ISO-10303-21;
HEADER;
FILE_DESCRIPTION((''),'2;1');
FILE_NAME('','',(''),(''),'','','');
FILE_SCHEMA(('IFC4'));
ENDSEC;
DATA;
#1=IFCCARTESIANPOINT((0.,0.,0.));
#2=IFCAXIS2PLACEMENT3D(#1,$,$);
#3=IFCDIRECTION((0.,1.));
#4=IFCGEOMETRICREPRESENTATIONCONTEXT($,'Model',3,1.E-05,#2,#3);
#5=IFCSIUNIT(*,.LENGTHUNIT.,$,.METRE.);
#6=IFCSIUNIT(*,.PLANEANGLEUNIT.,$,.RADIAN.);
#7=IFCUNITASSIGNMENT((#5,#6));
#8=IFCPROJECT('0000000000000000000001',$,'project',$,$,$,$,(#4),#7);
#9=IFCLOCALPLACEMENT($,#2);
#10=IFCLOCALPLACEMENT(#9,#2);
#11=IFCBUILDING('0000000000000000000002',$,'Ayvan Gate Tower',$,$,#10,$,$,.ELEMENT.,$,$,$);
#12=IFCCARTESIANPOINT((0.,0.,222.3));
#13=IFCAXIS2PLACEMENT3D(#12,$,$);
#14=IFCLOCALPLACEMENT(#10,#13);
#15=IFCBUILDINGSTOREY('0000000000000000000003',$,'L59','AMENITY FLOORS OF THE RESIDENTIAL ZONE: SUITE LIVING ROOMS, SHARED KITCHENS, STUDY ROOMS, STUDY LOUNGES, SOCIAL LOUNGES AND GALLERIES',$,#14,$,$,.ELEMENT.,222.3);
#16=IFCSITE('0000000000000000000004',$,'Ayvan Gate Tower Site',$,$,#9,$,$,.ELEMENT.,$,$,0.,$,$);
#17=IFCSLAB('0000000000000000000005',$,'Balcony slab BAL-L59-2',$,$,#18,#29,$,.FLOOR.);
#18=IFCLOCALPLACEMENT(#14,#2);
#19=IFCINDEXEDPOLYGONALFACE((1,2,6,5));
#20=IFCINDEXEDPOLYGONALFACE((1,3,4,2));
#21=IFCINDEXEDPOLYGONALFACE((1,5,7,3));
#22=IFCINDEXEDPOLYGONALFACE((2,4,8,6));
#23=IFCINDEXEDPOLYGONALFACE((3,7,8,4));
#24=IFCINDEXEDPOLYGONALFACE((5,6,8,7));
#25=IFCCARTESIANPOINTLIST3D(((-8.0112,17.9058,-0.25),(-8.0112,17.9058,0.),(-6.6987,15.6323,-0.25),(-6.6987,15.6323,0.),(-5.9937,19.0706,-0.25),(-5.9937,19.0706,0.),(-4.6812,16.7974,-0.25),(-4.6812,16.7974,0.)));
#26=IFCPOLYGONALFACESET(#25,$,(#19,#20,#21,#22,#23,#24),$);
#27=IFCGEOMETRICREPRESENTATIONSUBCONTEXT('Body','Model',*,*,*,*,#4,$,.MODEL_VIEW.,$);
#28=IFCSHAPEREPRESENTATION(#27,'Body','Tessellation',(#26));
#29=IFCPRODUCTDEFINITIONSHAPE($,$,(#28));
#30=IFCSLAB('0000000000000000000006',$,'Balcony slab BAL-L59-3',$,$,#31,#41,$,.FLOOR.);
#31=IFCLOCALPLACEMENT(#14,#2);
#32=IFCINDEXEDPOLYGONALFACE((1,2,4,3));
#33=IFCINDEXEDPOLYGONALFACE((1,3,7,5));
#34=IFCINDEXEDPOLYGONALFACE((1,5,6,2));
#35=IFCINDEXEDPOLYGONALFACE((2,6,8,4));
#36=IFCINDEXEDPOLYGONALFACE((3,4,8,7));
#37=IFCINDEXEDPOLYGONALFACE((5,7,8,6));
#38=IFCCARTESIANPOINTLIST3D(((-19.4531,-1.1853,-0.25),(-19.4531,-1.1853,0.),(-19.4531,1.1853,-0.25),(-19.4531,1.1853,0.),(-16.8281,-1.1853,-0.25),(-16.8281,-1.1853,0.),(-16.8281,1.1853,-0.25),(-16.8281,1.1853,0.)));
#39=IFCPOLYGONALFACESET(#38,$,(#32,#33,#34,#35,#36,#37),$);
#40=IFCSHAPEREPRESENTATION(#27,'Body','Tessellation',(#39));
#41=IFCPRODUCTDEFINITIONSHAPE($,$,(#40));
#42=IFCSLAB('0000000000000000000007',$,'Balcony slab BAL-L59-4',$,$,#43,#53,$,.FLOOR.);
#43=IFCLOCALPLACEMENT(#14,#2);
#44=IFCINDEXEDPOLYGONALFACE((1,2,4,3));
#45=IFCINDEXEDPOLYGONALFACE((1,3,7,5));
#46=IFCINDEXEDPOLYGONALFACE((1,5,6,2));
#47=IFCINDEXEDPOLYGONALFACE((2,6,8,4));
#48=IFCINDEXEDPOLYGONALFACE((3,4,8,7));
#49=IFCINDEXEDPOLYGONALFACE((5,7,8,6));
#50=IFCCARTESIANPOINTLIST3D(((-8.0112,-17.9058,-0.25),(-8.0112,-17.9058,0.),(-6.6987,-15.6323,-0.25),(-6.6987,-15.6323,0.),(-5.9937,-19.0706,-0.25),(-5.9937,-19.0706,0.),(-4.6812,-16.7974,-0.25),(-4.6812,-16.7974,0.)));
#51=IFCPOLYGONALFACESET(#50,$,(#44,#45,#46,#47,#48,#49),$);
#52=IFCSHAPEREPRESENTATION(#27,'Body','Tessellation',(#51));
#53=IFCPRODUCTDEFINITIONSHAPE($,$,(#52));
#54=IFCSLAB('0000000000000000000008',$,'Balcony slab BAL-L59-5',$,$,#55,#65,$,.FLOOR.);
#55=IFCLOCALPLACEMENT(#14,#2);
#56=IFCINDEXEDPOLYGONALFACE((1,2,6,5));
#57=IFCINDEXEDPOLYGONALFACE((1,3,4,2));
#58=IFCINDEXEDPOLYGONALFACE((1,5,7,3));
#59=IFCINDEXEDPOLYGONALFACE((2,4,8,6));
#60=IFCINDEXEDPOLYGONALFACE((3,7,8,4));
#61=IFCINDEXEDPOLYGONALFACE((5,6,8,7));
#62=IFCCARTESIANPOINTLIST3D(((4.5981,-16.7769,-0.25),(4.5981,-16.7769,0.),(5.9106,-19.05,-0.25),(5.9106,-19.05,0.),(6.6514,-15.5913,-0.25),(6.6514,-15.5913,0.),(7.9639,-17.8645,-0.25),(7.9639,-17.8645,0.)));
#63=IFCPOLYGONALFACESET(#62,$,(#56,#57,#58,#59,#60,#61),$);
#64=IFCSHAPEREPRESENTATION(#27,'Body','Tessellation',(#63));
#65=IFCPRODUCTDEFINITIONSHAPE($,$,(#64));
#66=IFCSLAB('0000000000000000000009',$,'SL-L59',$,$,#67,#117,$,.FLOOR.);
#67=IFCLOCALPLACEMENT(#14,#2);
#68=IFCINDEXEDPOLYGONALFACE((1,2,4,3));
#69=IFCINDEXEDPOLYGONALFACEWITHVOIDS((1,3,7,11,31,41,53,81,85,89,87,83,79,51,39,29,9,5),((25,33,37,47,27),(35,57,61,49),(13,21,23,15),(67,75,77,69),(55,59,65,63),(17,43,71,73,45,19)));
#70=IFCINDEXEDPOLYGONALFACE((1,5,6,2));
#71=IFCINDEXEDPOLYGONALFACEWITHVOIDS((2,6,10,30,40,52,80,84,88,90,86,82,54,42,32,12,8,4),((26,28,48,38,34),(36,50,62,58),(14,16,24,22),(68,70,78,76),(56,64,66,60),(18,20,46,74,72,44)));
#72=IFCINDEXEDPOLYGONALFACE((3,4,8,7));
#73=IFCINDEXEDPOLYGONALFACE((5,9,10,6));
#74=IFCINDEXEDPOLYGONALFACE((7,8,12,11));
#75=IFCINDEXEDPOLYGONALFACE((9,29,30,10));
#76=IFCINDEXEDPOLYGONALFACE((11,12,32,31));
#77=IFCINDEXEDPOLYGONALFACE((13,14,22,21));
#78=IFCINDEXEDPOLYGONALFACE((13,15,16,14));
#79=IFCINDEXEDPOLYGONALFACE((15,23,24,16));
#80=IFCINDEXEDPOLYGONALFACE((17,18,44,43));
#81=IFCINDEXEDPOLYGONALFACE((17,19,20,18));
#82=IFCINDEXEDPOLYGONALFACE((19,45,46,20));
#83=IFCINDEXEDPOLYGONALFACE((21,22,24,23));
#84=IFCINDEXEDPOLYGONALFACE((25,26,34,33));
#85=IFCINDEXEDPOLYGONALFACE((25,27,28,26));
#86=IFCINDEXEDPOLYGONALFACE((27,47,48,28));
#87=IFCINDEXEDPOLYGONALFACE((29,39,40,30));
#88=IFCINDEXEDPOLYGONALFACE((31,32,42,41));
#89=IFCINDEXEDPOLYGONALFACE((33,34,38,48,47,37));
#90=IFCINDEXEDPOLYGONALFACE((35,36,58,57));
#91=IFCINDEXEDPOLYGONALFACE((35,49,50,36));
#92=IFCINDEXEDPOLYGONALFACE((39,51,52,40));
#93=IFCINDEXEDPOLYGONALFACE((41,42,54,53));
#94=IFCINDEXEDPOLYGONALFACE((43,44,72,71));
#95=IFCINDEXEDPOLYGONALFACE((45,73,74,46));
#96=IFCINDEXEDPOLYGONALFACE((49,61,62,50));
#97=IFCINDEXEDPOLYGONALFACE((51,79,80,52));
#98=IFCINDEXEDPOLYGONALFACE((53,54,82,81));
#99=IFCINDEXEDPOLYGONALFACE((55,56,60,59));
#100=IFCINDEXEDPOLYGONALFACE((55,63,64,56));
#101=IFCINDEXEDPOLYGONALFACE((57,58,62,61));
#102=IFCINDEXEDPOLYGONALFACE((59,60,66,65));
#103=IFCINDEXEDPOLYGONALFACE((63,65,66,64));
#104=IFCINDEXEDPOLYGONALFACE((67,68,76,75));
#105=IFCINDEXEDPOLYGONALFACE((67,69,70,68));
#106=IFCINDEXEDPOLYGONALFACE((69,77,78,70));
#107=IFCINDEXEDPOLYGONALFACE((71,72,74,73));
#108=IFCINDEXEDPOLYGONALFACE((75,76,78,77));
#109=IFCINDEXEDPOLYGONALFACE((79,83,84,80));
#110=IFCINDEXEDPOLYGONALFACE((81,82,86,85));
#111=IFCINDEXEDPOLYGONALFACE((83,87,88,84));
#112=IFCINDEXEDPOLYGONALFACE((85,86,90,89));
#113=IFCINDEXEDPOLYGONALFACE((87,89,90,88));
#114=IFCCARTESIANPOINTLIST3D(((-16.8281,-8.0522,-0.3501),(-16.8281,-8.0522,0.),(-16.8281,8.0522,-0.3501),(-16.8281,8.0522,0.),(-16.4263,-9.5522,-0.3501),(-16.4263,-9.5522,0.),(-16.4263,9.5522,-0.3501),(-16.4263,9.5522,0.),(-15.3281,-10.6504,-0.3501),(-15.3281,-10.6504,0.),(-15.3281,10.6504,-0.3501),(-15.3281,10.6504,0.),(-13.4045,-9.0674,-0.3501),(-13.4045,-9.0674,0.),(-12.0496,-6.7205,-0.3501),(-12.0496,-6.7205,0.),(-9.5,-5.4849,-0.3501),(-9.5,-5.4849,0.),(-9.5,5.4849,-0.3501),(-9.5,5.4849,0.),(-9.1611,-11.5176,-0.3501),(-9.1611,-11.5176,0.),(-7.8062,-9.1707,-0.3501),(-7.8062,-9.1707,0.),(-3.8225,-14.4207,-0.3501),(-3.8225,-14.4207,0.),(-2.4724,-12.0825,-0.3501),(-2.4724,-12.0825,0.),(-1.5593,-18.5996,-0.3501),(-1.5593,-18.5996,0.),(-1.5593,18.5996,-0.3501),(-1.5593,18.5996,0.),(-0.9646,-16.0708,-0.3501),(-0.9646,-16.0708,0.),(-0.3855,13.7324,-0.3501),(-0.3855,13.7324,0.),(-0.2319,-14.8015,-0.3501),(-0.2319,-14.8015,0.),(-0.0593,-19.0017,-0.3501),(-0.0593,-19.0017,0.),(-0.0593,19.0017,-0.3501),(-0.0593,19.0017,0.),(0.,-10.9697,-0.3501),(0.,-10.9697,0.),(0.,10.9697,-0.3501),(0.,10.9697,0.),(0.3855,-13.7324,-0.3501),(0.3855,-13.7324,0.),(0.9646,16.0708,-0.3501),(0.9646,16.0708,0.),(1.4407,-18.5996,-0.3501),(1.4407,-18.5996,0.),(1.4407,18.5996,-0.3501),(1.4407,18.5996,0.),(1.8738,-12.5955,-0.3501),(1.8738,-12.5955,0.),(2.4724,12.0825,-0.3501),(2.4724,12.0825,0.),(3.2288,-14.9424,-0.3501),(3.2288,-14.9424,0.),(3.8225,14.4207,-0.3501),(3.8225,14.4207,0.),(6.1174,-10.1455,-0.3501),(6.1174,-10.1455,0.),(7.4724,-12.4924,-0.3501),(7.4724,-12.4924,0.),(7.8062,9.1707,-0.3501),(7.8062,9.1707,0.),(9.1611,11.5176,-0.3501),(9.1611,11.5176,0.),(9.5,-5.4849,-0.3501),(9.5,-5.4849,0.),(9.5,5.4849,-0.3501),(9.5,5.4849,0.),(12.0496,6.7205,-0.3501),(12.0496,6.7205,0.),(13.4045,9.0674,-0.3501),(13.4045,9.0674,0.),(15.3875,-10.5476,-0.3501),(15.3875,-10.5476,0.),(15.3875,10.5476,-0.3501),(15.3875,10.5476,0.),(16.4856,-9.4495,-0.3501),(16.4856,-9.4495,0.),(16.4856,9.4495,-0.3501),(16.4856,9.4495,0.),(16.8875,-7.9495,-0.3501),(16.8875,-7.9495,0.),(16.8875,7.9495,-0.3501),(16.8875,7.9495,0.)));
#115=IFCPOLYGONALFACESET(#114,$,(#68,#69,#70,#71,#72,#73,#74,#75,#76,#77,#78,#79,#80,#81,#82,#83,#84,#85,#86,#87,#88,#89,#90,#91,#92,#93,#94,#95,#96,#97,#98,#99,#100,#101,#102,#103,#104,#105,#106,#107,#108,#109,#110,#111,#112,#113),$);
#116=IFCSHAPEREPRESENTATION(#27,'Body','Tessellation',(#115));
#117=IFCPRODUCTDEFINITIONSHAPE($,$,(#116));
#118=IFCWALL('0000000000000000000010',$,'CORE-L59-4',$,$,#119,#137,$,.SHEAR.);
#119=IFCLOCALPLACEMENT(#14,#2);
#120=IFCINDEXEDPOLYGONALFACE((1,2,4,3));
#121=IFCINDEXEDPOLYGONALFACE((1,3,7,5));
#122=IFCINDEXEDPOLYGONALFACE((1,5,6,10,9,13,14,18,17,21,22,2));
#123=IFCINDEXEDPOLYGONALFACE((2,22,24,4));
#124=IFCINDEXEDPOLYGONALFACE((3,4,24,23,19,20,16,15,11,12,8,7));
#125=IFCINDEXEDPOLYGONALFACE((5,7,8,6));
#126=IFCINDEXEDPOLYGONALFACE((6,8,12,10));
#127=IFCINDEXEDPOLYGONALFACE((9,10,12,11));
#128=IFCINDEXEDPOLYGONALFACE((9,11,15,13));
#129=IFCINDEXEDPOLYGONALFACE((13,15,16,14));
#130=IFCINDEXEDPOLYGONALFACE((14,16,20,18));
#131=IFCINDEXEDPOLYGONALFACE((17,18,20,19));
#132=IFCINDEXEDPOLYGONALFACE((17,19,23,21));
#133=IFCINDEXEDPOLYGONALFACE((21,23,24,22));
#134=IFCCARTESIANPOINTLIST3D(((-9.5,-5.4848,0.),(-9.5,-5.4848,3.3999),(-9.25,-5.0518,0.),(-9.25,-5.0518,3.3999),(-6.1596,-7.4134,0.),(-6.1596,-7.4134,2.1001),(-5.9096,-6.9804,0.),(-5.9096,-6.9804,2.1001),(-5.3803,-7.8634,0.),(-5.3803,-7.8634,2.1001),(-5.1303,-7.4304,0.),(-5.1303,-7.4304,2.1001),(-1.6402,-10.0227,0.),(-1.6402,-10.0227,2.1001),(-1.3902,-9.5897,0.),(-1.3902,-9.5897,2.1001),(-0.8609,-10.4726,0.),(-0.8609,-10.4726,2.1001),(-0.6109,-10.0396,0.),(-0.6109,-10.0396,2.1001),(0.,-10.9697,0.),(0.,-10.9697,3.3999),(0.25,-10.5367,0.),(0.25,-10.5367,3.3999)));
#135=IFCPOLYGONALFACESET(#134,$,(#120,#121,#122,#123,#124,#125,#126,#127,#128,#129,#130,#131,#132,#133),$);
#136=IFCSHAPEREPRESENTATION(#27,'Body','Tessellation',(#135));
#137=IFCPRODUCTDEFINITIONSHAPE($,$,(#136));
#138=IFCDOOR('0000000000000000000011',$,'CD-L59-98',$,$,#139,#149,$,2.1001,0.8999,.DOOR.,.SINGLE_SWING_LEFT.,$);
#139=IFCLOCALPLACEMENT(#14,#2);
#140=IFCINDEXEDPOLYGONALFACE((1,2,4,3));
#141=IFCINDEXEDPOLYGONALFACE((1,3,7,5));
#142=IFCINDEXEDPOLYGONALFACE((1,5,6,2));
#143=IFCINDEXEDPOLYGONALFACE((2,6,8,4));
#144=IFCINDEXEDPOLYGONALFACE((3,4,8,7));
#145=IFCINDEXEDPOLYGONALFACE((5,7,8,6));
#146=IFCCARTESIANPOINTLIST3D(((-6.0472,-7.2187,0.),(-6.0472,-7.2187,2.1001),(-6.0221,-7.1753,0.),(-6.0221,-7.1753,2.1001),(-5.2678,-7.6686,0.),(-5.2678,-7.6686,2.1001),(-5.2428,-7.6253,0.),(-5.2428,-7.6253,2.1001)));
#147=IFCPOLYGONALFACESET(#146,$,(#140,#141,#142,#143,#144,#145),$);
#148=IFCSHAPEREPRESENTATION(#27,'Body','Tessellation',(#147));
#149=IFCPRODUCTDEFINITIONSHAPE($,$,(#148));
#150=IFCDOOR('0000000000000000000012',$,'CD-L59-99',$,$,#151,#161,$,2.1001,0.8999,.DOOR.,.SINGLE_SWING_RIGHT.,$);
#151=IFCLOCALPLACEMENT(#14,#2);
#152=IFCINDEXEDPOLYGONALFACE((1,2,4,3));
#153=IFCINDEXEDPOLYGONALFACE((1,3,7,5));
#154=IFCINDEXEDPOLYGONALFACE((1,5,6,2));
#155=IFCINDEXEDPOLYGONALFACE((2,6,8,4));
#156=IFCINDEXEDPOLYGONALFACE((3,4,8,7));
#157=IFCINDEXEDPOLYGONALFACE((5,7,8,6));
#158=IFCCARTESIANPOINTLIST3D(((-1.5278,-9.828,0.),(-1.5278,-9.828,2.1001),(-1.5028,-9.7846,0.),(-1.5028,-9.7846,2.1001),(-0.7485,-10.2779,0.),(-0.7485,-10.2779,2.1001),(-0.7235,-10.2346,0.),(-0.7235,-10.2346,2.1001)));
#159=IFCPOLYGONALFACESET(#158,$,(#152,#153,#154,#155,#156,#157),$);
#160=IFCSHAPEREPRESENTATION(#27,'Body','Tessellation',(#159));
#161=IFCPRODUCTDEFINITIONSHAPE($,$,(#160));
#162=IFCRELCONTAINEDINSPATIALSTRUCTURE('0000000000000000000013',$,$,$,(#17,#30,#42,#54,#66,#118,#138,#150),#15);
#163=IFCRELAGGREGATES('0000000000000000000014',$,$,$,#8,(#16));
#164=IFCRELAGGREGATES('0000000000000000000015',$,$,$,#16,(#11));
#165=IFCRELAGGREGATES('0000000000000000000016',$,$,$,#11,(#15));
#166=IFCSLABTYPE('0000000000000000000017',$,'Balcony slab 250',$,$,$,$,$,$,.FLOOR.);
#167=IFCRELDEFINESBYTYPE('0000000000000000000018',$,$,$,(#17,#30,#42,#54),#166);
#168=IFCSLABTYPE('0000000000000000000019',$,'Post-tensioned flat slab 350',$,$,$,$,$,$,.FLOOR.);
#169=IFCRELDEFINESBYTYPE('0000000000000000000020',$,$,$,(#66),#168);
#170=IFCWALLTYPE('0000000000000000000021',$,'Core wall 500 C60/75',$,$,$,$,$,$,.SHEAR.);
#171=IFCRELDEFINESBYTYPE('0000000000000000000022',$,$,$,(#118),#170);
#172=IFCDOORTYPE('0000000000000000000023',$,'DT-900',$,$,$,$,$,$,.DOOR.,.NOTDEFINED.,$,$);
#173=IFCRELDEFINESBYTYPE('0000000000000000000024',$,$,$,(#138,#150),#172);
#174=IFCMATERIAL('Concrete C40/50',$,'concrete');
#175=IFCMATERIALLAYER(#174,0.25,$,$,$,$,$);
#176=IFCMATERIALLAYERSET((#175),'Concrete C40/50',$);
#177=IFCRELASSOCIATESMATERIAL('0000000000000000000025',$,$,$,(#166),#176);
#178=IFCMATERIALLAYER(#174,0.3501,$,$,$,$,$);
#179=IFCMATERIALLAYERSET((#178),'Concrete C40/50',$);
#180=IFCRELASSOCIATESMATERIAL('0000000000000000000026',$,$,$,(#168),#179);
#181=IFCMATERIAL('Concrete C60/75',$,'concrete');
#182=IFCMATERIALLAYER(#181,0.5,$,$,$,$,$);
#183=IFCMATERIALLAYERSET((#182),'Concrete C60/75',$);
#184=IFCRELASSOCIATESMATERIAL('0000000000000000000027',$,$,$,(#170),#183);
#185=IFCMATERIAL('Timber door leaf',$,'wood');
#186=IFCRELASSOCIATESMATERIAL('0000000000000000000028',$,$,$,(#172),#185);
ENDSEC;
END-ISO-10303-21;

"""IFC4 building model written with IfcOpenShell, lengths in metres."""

from ifc_helpers import new_model, si_unit, direction, frame, frame_2d, origin, place, context, subcontext, project, spatial, polyline, rectangle, outline, extrude, material, layer, layer_set, type_object, element, fill, save


model = new_model("IFC4")

# Units and contexts
model_context = context("Model", 3, precision=1e-05, world=origin(), true_north=direction((0.0, 1.0)))
body_context = subcontext(model_context, "Body", "Model", "MODEL_VIEW")
ifc_project = project(units=[si_unit("LENGTHUNIT", "METRE"), si_unit("PLANEANGLEUNIT", "RADIAN")], contexts=[model_context])

# Site, building, storey
site_placement = place(None, origin())
site = spatial("IfcSite", under=ifc_project, at=site_placement, Name="Ayvan Gate Tower Site", CompositionType="ELEMENT", RefElevation=0.0)
building_placement = place(site_placement, origin())
building = spatial("IfcBuilding", under=site, at=building_placement, Name="Ayvan Gate Tower", CompositionType="ELEMENT")
storey_placement = place(building_placement, frame((0.0, 0.0, 222.3)))
storey = spatial("IfcBuildingStorey", under=building, at=storey_placement, Name="L59", Description="AMENITY FLOORS OF THE RESIDENTIAL ZONE: SUITE LIVING ROOMS, SHARED KITCHENS, STUDY ROOMS, STUDY LOUNGES, SOCIAL LOUNGES AND GALLERIES", CompositionType="ELEMENT", Elevation=222.3)

# Slabs
ifc_material_1 = material(Name="Concrete C40/50", Category="concrete")
ifc_layer_1 = layer(ifc_material_1, 0.25)
ifc_layer_set_1 = layer_set([ifc_layer_1], Name="Concrete C40/50")
slab_type_1 = type_object("IfcSlabType", Name="Balcony slab 250", PredefinedType="FLOOR", material=ifc_layer_set_1)
slab_1_placement = place(storey_placement, frame((0.0, 0.0, -0.25)))
element("IfcSlab", 1, at=slab_1_placement, inside=storey, type_object=slab_type_1, Name="Balcony slab BAL-L59-2", PredefinedType="FLOOR", context=body_context, shape_type="SweptSolid", body=[
    extrude(outline(polyline([(-4.6812, 16.7974), (-6.6987, 15.6323), (-8.0112, 17.9058), (-5.9937, 19.0706), (-4.6812, 16.7974)])), origin(), (0.0, 0.0, 1.0), 0.25),
])
slab_2_placement = place(storey_placement, frame((0.0, 0.0, -0.25)))
element("IfcSlab", 2, at=slab_2_placement, inside=storey, type_object=slab_type_1, Name="Balcony slab BAL-L59-3", PredefinedType="FLOOR", context=body_context, shape_type="SweptSolid", body=[
    extrude(outline(polyline([(-16.8281, 1.1853), (-16.8281, -1.1853), (-19.4531, -1.1853), (-19.4531, 1.1853), (-16.8281, 1.1853)])), origin(), (0.0, 0.0, 1.0), 0.25),
])
slab_3_placement = place(storey_placement, frame((0.0, 0.0, -0.25)))
element("IfcSlab", 3, at=slab_3_placement, inside=storey, type_object=slab_type_1, Name="Balcony slab BAL-L59-4", PredefinedType="FLOOR", context=body_context, shape_type="SweptSolid", body=[
    extrude(outline(polyline([(-6.6987, -15.6323), (-4.6812, -16.7974), (-5.9937, -19.0706), (-8.0112, -17.9058), (-6.6987, -15.6323)])), origin(), (0.0, 0.0, 1.0), 0.25),
])
slab_4_placement = place(storey_placement, frame((0.0, 0.0, -0.25)))
element("IfcSlab", 4, at=slab_4_placement, inside=storey, type_object=slab_type_1, Name="Balcony slab BAL-L59-5", PredefinedType="FLOOR", context=body_context, shape_type="SweptSolid", body=[
    extrude(outline(polyline([(4.5981, -16.7769), (6.6514, -15.5913), (7.9639, -17.8645), (5.9106, -19.05), (4.5981, -16.7769)])), origin(), (0.0, 0.0, 1.0), 0.25),
])
ifc_layer_2 = layer(ifc_material_1, 0.3501)
ifc_layer_set_2 = layer_set([ifc_layer_2], Name="Concrete C40/50")
slab_type_2 = type_object("IfcSlabType", Name="Post-tensioned flat slab 350", PredefinedType="FLOOR", material=ifc_layer_set_2)
slab_5_placement = place(storey_placement, frame((0.0, 0.0, -0.3501)))
element("IfcSlab", 5, at=slab_5_placement, inside=storey, type_object=slab_type_2, Name="SL-L59", PredefinedType="FLOOR", context=body_context, shape_type="SweptSolid", body=[
    extrude(outline(polyline([(1.4407, -18.5996), (-0.0593, -19.0017), (-1.5593, -18.5996), (-15.3281, -10.6504), (-16.4263, -9.5522), (-16.8281, -8.0522), (-16.8281, 8.0522), (-16.4263, 9.5522), (-15.3281, 10.6504), (-1.5593, 18.5996), (-0.0593, 19.0017), (1.4407, 18.5996), (15.3875, 10.5476), (16.4856, 9.4495), (16.8875, 7.9495), (16.8875, -7.9495), (16.4856, -9.4495), (15.3875, -10.5476), (1.4407, -18.5996)]), holes=[polyline([(12.0496, 6.7205), (13.4045, 9.0674), (9.1611, 11.5176), (7.8062, 9.1707), (12.0496, 6.7205)]), polyline([(9.5, 5.4849), (0.0, 10.9697), (-9.5, 5.4849), (-9.5, -5.4849), (0.0, -10.9697), (9.5, -5.4849), (9.5, 5.4849)]), polyline([(1.8738, -12.5955), (3.2288, -14.9424), (7.4724, -12.4924), (6.1174, -10.1455), (1.8738, -12.5955)]), polyline([(3.8225, 14.4207), (0.9646, 16.0708), (-0.3855, 13.7324), (2.4724, 12.0825), (3.8225, 14.4207)]), polyline([(-0.2319, -14.8015), (0.3855, -13.7324), (-2.4724, -12.0825), (-3.8225, -14.4207), (-0.9646, -16.0708), (-0.2319, -14.8015)]), polyline([(-9.1611, -11.5176), (-7.8062, -9.1707), (-12.0496, -6.7205), (-13.4045, -9.0674), (-9.1611, -11.5176)])]), origin(), (0.0, 0.0, 1.0), 0.3501),
])

# Wall, openings, doors
ifc_material_2 = material(Name="Concrete C60/75", Category="concrete")
ifc_layer_3 = layer(ifc_material_2, 0.5)
ifc_layer_set_3 = layer_set([ifc_layer_3], Name="Concrete C60/75")
wall_type_1 = type_object("IfcWallType", Name="Core wall 500 C60/75", PredefinedType="SHEAR", material=ifc_layer_set_3)
wall_1_placement = place(storey_placement, frame((-9.375, -5.2683, 0.0), z_axis=(0.0, 0.0, 1.0), x_axis=(0.866024, -0.500002, 0.0)))
wall_1 = element("IfcWall", 6, at=wall_1_placement, inside=storey, type_object=wall_type_1, Name="CORE-L59-4", PredefinedType="SHEAR", context=body_context, shape_type="SweptSolid", body=[
    extrude(rectangle(XDim=10.9697, YDim=0.5, at=frame_2d((5.4849, 0.0))), origin(), (0.0, 0.0, 1.0), 3.3999),
])
opening_1_placement = place(wall_1_placement, frame((3.8572, 0.0, 0.0)))
opening_1 = element("IfcOpeningElement", 7, at=opening_1_placement, cuts=wall_1, PredefinedType="OPENING", context=body_context, shape_type="SweptSolid", body=[
    extrude(rectangle(XDim=0.8999, YDim=2.1001, at=frame_2d((0.45, 1.05))), frame((0.0, 0.26, 0.0), z_axis=(0.0, -1.0, 0.0), x_axis=(1.0, 0.0, 0.0)), (0.0, 0.0, 1.0), 0.52),
])
opening_2_placement = place(wall_1_placement, frame((9.0757, 0.0, 0.0)))
opening_2 = element("IfcOpeningElement", 8, at=opening_2_placement, cuts=wall_1, PredefinedType="OPENING", context=body_context, shape_type="SweptSolid", body=[
    extrude(rectangle(XDim=0.8999, YDim=2.1001, at=frame_2d((0.45, 1.05))), frame((0.0, 0.26, 0.0), z_axis=(0.0, -1.0, 0.0), x_axis=(1.0, 0.0, 0.0)), (0.0, 0.0, 1.0), 0.52),
])
ifc_material_3 = material(Name="Timber door leaf", Category="wood")
door_type_1 = type_object("IfcDoorType", Name="DT-900", OperationType="NOTDEFINED", PredefinedType="DOOR", material=ifc_material_3)
door_1_placement = place(opening_1_placement, origin())
door_1 = element("IfcDoor", 9, at=door_1_placement, inside=storey, type_object=door_type_1, Name="CD-L59-98", OperationType="SINGLE_SWING_LEFT", OverallHeight=2.1001, OverallWidth=0.8999, PredefinedType="DOOR", context=body_context, shape_type="SweptSolid", body=[
    extrude(rectangle(XDim=0.8999, YDim=2.1001, at=frame_2d((0.45, 1.05))), frame((0.0, 0.0249, 0.0), z_axis=(0.0, -1.0, 0.0), x_axis=(1.0, 0.0, 0.0)), (0.0, 0.0, 1.0), 0.05),
])
fill(opening_1, door_1)
door_2_placement = place(opening_2_placement, origin())
door_2 = element("IfcDoor", 10, at=door_2_placement, inside=storey, type_object=door_type_1, Name="CD-L59-99", OperationType="SINGLE_SWING_RIGHT", OverallHeight=2.1001, OverallWidth=0.8999, PredefinedType="DOOR", context=body_context, shape_type="SweptSolid", body=[
    extrude(rectangle(XDim=0.8999, YDim=2.1001, at=frame_2d((0.45, 1.05))), frame((0.0, 0.0249, 0.0), z_axis=(0.0, -1.0, 0.0), x_axis=(1.0, 0.0, 0.0)), (0.0, 0.0, 1.0), 0.05),
])
fill(opening_2, door_2)

save(model, "model.ifc")
